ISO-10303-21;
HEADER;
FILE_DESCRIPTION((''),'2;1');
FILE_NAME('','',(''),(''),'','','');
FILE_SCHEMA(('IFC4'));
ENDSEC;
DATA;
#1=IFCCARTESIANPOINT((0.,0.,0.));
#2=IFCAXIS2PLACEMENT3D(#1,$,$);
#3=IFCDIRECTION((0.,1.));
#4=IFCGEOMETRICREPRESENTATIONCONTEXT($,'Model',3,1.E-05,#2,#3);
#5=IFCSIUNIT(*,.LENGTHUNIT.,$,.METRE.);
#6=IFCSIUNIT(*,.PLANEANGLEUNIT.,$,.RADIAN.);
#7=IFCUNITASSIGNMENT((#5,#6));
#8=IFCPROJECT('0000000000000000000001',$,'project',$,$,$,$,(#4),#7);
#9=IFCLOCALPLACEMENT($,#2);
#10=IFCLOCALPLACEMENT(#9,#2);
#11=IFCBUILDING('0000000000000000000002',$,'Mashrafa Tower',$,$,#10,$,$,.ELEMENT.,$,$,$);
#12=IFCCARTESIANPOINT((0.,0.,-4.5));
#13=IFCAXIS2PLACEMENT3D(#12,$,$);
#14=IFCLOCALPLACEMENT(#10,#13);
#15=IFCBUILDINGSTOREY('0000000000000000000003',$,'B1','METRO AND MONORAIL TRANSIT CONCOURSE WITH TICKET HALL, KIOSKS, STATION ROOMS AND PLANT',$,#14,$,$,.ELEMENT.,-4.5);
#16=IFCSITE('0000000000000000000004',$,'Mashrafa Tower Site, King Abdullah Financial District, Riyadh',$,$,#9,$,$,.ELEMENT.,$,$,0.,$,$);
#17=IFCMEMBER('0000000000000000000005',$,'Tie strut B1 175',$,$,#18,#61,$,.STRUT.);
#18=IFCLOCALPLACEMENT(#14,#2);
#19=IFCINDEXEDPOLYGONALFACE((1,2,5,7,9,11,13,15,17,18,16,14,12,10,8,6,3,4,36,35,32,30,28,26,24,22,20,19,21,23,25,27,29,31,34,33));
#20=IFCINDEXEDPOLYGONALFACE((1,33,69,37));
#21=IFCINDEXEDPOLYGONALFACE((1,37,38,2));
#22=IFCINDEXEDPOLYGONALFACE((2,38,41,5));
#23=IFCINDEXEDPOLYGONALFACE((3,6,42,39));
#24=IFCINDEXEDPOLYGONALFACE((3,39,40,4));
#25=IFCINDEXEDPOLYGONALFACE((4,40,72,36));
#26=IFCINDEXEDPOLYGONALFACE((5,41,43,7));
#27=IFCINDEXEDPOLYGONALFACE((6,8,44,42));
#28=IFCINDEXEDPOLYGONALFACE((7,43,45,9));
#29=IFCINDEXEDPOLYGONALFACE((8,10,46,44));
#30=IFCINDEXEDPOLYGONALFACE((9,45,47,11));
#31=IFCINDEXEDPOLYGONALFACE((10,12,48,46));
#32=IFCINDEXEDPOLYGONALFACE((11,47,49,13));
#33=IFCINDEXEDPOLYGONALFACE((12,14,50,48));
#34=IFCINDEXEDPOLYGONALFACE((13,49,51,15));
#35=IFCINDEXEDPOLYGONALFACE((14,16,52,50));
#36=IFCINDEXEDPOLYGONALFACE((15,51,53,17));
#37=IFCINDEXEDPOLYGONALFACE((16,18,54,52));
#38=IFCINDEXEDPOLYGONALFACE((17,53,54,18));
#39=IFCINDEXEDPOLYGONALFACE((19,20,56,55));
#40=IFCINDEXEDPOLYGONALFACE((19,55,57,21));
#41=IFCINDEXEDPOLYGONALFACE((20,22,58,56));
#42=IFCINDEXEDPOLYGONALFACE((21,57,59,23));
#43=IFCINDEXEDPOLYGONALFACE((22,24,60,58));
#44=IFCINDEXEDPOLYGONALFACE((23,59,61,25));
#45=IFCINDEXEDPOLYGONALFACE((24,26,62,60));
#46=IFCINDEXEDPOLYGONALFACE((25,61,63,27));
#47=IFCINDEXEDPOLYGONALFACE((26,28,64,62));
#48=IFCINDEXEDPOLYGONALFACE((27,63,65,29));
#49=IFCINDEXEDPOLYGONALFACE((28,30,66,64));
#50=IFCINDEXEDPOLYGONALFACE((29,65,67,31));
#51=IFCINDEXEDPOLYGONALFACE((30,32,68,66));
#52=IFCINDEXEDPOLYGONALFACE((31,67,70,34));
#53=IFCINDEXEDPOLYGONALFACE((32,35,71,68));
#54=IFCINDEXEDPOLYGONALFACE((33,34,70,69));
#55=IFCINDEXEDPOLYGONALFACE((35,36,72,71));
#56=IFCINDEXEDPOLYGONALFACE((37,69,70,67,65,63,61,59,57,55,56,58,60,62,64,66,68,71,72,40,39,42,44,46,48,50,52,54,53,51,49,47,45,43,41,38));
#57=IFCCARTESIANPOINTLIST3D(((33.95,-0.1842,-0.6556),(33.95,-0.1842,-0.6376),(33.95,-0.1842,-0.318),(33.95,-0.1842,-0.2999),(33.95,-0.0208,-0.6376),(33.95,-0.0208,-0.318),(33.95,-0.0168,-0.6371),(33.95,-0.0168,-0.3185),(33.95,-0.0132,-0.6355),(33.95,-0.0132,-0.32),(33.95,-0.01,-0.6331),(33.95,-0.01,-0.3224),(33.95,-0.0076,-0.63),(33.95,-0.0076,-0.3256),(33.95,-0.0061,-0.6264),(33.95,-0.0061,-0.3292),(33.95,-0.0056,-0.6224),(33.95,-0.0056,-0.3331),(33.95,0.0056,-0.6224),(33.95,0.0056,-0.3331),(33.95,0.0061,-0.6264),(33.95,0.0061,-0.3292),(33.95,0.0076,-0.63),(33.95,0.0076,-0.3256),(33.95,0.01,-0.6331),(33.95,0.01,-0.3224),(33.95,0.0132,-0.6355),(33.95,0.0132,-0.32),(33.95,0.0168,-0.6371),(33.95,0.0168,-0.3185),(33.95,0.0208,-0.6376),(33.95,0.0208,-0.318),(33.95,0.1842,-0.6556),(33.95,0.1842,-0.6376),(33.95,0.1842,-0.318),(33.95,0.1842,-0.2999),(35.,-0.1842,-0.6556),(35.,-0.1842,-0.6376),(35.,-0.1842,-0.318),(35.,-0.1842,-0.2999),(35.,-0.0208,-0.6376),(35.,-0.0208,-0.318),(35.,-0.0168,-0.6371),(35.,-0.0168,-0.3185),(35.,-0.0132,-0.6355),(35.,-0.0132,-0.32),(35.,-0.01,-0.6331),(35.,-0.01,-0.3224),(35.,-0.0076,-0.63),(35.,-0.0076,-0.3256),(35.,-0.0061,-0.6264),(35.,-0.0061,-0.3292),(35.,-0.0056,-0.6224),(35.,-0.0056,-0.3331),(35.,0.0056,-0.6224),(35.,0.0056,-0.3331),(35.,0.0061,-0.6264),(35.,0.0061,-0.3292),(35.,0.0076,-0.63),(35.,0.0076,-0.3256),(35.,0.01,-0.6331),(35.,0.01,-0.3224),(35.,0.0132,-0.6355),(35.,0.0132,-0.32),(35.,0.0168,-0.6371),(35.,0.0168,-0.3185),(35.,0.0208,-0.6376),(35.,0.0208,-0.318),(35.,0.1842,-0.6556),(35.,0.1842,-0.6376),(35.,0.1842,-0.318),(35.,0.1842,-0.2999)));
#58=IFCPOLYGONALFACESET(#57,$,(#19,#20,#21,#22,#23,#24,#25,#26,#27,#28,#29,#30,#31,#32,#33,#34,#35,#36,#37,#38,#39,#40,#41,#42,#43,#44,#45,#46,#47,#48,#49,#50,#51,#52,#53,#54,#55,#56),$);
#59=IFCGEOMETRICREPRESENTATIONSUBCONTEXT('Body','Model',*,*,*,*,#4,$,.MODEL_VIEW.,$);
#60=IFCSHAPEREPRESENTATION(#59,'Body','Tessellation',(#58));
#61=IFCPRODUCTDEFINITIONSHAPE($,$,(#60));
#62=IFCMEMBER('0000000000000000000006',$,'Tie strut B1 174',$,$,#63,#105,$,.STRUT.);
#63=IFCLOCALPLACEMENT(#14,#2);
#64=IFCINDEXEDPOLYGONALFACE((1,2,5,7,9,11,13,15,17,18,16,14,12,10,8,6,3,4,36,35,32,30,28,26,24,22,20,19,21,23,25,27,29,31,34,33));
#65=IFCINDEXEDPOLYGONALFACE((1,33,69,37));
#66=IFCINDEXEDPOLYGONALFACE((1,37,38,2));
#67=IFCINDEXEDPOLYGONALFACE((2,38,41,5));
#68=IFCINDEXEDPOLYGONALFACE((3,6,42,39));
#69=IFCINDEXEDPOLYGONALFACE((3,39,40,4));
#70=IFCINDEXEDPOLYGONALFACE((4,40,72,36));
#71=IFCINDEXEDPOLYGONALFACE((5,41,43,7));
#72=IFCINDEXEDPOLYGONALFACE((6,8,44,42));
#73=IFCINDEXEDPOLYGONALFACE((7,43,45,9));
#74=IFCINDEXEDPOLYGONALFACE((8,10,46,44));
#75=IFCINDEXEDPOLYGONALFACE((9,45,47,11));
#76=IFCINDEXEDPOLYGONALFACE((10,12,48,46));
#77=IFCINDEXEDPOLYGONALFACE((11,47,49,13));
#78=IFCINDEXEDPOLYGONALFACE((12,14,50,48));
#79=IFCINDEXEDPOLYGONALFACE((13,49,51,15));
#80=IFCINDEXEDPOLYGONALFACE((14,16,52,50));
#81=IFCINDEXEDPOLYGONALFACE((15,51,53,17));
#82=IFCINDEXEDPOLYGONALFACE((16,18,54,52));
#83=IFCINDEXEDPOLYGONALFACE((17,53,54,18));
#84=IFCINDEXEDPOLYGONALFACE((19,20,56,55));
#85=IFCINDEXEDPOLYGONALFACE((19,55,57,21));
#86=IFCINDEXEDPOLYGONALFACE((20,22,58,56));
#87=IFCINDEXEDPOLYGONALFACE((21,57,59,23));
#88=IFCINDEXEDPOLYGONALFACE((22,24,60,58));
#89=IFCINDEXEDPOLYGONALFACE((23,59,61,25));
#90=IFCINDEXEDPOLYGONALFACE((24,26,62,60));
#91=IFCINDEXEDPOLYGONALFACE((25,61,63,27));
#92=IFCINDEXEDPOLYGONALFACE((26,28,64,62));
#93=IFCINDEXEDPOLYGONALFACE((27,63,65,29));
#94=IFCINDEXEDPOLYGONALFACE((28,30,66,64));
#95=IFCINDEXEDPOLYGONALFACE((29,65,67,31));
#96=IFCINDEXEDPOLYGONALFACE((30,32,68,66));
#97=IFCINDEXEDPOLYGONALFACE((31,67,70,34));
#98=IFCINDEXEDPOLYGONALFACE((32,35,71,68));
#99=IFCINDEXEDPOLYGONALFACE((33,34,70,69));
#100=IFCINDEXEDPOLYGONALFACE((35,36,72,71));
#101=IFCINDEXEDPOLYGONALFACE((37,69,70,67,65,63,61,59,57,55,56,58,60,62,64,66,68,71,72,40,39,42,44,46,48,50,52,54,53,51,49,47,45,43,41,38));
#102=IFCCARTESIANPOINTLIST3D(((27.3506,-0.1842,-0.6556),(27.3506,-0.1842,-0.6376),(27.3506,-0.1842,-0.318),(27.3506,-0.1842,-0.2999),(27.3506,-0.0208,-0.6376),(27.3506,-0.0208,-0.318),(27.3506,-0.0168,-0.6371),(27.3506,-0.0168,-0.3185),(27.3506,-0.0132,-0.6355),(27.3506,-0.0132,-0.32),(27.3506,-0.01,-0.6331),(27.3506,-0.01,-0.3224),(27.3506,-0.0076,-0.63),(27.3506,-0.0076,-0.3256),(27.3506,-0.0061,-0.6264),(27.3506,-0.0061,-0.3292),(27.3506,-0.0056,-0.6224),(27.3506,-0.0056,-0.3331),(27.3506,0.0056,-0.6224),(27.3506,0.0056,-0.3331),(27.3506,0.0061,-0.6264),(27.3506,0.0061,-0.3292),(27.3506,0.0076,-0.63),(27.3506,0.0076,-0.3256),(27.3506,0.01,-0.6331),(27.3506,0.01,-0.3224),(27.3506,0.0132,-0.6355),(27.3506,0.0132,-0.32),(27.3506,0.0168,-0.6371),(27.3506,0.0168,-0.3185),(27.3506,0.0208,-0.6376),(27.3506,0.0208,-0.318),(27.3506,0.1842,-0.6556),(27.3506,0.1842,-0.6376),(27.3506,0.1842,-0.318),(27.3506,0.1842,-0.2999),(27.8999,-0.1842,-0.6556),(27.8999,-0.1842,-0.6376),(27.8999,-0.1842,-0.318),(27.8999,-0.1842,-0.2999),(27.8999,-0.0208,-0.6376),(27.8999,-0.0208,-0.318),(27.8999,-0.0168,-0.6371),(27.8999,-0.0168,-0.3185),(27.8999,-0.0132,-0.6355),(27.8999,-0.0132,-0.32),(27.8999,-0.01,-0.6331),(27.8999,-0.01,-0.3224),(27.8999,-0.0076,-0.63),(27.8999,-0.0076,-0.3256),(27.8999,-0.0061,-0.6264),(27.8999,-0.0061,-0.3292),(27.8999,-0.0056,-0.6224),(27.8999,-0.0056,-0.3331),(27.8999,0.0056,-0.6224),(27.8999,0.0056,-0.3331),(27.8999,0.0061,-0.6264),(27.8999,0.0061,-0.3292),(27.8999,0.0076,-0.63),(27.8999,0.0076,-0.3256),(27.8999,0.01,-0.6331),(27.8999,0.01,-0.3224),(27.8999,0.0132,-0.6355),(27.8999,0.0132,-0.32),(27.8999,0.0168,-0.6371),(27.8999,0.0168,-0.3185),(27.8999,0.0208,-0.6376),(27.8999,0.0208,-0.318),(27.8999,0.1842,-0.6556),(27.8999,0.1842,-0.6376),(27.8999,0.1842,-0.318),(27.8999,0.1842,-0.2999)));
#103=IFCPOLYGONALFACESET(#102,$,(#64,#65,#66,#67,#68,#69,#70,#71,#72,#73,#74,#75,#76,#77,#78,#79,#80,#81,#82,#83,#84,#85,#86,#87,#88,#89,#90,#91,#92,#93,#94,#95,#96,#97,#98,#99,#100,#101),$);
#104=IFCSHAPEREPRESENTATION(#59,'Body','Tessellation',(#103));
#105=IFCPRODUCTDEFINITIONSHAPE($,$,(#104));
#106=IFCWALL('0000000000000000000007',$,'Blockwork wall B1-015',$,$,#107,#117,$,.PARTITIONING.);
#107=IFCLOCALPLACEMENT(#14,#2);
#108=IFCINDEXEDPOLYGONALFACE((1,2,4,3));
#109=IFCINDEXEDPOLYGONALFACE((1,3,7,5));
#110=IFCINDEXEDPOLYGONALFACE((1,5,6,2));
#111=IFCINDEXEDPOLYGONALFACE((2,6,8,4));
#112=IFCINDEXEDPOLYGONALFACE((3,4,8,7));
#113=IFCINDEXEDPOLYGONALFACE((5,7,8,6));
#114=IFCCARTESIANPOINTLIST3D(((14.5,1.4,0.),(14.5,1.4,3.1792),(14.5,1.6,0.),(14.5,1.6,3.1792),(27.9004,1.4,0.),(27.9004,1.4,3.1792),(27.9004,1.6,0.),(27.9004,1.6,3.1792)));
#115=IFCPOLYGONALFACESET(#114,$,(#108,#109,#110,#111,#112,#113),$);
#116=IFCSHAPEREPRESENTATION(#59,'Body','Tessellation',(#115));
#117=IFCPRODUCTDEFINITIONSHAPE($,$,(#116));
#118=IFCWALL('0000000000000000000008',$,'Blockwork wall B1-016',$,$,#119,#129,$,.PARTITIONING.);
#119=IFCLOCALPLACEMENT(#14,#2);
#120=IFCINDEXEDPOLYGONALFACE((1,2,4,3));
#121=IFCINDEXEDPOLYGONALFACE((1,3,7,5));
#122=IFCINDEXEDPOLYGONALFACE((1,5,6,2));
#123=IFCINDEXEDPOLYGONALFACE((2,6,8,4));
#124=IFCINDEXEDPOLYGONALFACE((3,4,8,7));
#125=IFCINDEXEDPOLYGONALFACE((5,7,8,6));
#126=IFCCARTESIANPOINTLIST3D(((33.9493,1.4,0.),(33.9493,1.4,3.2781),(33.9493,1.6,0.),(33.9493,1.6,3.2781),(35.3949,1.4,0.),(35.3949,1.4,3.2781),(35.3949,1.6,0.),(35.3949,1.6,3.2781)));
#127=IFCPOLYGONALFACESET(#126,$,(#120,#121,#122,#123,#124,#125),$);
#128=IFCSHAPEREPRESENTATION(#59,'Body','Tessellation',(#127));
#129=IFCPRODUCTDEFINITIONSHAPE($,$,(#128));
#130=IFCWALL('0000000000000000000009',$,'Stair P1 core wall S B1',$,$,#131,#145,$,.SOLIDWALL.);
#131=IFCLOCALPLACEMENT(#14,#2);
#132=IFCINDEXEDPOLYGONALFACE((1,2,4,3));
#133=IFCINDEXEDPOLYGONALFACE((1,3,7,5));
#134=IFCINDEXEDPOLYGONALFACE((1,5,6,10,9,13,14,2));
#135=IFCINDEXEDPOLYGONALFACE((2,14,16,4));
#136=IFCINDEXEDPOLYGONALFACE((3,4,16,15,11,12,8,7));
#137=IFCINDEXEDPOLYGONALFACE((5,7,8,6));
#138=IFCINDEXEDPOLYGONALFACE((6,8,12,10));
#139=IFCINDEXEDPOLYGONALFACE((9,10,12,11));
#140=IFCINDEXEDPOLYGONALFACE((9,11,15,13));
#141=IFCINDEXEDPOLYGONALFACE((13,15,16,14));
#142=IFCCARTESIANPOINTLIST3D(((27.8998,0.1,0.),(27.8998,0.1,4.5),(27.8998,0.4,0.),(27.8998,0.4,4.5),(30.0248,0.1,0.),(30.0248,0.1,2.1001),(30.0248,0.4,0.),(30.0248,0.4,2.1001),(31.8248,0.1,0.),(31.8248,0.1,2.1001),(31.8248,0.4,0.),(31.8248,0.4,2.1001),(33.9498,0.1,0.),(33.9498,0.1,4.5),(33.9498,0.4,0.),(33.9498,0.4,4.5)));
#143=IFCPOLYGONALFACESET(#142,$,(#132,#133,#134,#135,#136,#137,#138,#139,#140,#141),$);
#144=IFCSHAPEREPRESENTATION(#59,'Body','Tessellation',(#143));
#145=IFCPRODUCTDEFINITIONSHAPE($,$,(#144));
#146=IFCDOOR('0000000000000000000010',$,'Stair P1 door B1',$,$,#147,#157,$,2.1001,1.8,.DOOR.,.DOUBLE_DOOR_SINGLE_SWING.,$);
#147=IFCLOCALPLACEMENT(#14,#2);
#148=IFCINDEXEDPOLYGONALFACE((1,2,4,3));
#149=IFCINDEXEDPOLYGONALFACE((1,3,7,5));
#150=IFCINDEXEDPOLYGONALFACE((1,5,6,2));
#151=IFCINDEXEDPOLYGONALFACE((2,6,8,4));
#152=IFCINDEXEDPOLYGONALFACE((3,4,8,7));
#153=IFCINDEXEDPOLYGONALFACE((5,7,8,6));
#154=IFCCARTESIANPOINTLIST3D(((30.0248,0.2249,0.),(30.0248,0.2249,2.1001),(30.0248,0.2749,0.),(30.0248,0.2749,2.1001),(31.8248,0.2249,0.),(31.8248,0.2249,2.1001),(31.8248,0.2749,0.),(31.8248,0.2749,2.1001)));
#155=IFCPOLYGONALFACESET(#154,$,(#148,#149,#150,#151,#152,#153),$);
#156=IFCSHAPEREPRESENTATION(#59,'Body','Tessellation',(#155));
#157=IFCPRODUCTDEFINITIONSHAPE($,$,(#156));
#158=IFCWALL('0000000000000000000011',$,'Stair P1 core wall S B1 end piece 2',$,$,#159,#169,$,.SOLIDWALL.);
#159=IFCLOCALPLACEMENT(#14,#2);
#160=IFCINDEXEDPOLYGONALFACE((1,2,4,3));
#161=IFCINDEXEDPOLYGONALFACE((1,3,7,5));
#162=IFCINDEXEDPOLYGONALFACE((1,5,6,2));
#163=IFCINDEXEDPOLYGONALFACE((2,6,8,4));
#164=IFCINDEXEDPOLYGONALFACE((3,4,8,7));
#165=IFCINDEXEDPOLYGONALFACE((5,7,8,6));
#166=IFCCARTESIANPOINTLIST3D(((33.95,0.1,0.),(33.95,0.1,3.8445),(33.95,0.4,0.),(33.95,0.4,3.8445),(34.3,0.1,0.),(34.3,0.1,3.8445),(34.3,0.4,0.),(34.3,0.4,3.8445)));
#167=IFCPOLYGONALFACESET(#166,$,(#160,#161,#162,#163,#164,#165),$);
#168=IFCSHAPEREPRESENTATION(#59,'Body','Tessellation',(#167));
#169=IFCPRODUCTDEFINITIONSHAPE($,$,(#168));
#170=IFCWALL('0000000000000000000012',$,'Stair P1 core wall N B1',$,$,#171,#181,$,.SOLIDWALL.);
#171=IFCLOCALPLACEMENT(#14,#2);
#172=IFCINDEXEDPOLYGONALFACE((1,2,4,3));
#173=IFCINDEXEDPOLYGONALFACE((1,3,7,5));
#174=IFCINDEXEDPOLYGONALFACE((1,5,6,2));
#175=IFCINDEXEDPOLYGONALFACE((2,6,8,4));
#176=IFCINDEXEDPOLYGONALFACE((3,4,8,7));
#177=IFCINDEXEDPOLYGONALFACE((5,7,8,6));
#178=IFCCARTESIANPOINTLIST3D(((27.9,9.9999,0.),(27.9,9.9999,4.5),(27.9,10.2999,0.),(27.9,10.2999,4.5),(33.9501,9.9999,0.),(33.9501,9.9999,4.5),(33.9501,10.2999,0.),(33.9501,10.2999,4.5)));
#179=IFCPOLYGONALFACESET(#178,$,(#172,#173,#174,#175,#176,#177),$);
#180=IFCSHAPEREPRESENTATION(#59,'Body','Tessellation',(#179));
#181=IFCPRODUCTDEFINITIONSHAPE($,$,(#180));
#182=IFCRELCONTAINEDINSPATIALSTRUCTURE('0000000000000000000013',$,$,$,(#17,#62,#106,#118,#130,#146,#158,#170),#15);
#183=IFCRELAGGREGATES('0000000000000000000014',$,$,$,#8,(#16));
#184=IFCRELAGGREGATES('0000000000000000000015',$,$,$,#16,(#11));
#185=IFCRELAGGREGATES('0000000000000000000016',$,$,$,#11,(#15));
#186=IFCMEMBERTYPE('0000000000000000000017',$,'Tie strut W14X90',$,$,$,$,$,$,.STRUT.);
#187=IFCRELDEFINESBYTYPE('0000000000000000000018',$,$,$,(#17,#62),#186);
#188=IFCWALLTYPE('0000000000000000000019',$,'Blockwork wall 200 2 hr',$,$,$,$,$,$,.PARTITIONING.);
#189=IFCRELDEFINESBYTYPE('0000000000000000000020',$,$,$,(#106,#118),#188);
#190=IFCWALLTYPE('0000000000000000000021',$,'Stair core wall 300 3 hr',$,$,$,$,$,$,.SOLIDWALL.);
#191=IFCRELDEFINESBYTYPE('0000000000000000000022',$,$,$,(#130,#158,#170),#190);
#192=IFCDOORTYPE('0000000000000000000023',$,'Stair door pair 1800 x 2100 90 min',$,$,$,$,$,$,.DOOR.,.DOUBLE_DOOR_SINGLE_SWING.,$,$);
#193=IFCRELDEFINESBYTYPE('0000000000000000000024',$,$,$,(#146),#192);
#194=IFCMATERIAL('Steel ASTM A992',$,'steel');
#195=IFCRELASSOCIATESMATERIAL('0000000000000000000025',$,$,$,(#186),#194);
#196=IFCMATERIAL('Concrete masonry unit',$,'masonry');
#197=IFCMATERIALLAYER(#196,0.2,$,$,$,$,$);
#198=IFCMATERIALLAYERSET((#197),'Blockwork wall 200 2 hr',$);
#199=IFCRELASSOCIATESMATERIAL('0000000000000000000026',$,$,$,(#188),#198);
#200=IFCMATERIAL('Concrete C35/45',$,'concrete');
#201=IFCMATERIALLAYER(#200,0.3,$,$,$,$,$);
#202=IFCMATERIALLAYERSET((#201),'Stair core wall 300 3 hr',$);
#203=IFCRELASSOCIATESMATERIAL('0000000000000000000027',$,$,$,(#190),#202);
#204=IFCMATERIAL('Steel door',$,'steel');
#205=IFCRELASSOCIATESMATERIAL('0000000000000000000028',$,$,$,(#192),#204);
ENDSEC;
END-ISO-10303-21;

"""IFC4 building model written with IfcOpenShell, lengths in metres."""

from ifc_helpers import new_model, si_unit, direction, frame, frame_2d, origin, origin_2d, place, context, subcontext, project, spatial, rectangle, i_section, extrude, source, transform, mapped, material, layer, layer_set, material_profile, profile_set, type_object, type_shapes, element, fill, save


model = new_model("IFC4")

# Units and contexts
model_context = context("Model", 3, precision=1e-05, world=origin(), true_north=direction((0.0, 1.0)))
body_context = subcontext(model_context, "Body", "Model", "MODEL_VIEW")
ifc_project = project(units=[si_unit("LENGTHUNIT", "METRE"), si_unit("PLANEANGLEUNIT", "RADIAN")], contexts=[model_context])

# Site, building, storey
site_placement = place(None, origin())
site = spatial("IfcSite", under=ifc_project, at=site_placement, Name="Mashrafa Tower Site, King Abdullah Financial District, Riyadh", CompositionType="ELEMENT", RefElevation=0.0)
building_placement = place(site_placement, origin())
building = spatial("IfcBuilding", under=site, at=building_placement, Name="Mashrafa Tower", CompositionType="ELEMENT")
storey_placement = place(building_placement, frame((0.0, 0.0, -4.5)))
storey = spatial("IfcBuildingStorey", under=building, at=storey_placement, Name="B1", Description="METRO AND MONORAIL TRANSIT CONCOURSE WITH TICKET HALL, KIOSKS, STATION ROOMS AND PLANT", CompositionType="ELEMENT", Elevation=-4.5)

# Members
ifc_material_1 = material(Name="Steel ASTM A992", Category="steel")
ifc_material_profile_1 = material_profile(ifc_material_1, i_section(OverallWidth=0.3684, OverallDepth=0.3557, WebThickness=0.0112, FlangeThickness=0.0181, FilletRadius=0.0151, at=origin_2d()), Name="W14X90")
ifc_profile_set_1 = profile_set([ifc_material_profile_1], Name="Steel ASTM A992")
member_type_1 = type_object("IfcMemberType", Name="Tie strut W14X90", PredefinedType="STRUT", material=ifc_profile_set_1)
shared_shape_1 = source(origin(), body_context, "Body", "SweptSolid", [
    extrude(i_section(OverallWidth=0.3684, OverallDepth=0.3557, WebThickness=0.0112, FlangeThickness=0.0181, FilletRadius=0.0151, at=origin_2d()), origin(), (0.0, 0.0, 1.0), 1.05),
])
member_1_placement = place(storey_placement, frame((33.95, 0.0, -0.4778), z_axis=(1.0, 0.0, 0.0), x_axis=(0.0, 1.0, 0.0)))
element("IfcMember", 1, at=member_1_placement, inside=storey, type_object=member_type_1, Name="Tie strut B1 175", PredefinedType="STRUT", context=body_context, shape_type="MappedRepresentation", body=[
    mapped(shared_shape_1, transform((0.0, 0.0, 0.0))),
])
shared_shape_2 = source(origin(), body_context, "Body", "SweptSolid", [
    extrude(i_section(OverallWidth=0.3684, OverallDepth=0.3557, WebThickness=0.0112, FlangeThickness=0.0181, FilletRadius=0.0151, at=origin_2d()), origin(), (0.0, 0.0, 1.0), 0.5493),
])
type_shapes(member_type_1, [shared_shape_1, shared_shape_2])
member_2_placement = place(storey_placement, frame((27.3506, 0.0, -0.4778), z_axis=(1.0, 0.0, 0.0), x_axis=(0.0, 1.0, 0.0)))
element("IfcMember", 2, at=member_2_placement, inside=storey, type_object=member_type_1, Name="Tie strut B1 174", PredefinedType="STRUT", context=body_context, shape_type="MappedRepresentation", body=[
    mapped(shared_shape_2, transform((0.0, 0.0, 0.0))),
])

# Walls
ifc_material_2 = material(Name="Concrete masonry unit", Category="masonry")
ifc_layer_1 = layer(ifc_material_2, 0.2)
ifc_layer_set_1 = layer_set([ifc_layer_1], Name="Blockwork wall 200 2 hr")
wall_type_1 = type_object("IfcWallType", Name="Blockwork wall 200 2 hr", PredefinedType="PARTITIONING", material=ifc_layer_set_1)
wall_1_placement = place(storey_placement, frame((14.5, 1.5, 0.0), z_axis=(0.0, 0.0, 1.0), x_axis=(1.0, 0.0, 0.0)))
element("IfcWall", 3, at=wall_1_placement, inside=storey, type_object=wall_type_1, Name="Blockwork wall B1-015", PredefinedType="PARTITIONING", context=body_context, shape_type="SweptSolid", body=[
    extrude(rectangle(XDim=13.4004, YDim=0.2, at=frame_2d((6.7002, 0.0))), origin(), (0.0, 0.0, 1.0), 3.1792),
])
wall_2_placement = place(storey_placement, frame((33.9495, 1.5, 0.0), z_axis=(0.0, 0.0, 1.0), x_axis=(1.0, 0.0, 0.0)))
element("IfcWall", 4, at=wall_2_placement, inside=storey, type_object=wall_type_1, Name="Blockwork wall B1-016", PredefinedType="PARTITIONING", context=body_context, shape_type="SweptSolid", body=[
    extrude(rectangle(XDim=1.4456, YDim=0.2, at=frame_2d((0.7227, 0.0))), origin(), (0.0, 0.0, 1.0), 3.2781),
])

# Wall, opening, door
ifc_material_3 = material(Name="Concrete C35/45", Category="concrete")
ifc_layer_2 = layer(ifc_material_3, 0.3)
ifc_layer_set_2 = layer_set([ifc_layer_2], Name="Stair core wall 300 3 hr")
wall_type_2 = type_object("IfcWallType", Name="Stair core wall 300 3 hr", PredefinedType="SOLIDWALL", material=ifc_layer_set_2)
wall_3_placement = place(storey_placement, frame((27.8999, 0.25, 0.0), z_axis=(0.0, 0.0, 1.0), x_axis=(1.0, 0.0, 0.0)))
wall_3 = element("IfcWall", 5, at=wall_3_placement, inside=storey, type_object=wall_type_2, Name="Stair P1 core wall S B1", PredefinedType="SOLIDWALL", context=body_context, shape_type="SweptSolid", body=[
    extrude(rectangle(XDim=6.05, YDim=0.3, at=frame_2d((3.0249, 0.0))), origin(), (0.0, 0.0, 1.0), 4.5),
])
opening_placement = place(wall_3_placement, frame((2.125, 0.0, 0.0)))
opening = element("IfcOpeningElement", 6, at=opening_placement, cuts=wall_3, PredefinedType="OPENING", context=body_context, shape_type="SweptSolid", body=[
    extrude(rectangle(XDim=1.8, YDim=2.1001, at=frame_2d((0.8999, 1.05))), frame((0.0, 0.1599, 0.0), z_axis=(0.0, -1.0, 0.0), x_axis=(1.0, 0.0, 0.0)), (0.0, 0.0, 1.0), 0.3201),
])
ifc_material_4 = material(Name="Steel door", Category="steel")
door_type = type_object("IfcDoorType", Name="Stair door pair 1800 x 2100 90 min", OperationType="DOUBLE_DOOR_SINGLE_SWING", PredefinedType="DOOR", material=ifc_material_4)
door_placement = place(opening_placement, origin())
door = element("IfcDoor", 7, at=door_placement, inside=storey, type_object=door_type, Name="Stair P1 door B1", OperationType="DOUBLE_DOOR_SINGLE_SWING", OverallHeight=2.1001, OverallWidth=1.8, PredefinedType="DOOR", context=body_context, shape_type="SweptSolid", body=[
    extrude(rectangle(XDim=1.8, YDim=2.1001, at=frame_2d((0.8999, 1.05))), frame((0.0, 0.0249, 0.0), z_axis=(0.0, -1.0, 0.0), x_axis=(1.0, 0.0, 0.0)), (0.0, 0.0, 1.0), 0.05),
])
fill(opening, door)

# Walls
wall_4_placement = place(storey_placement, frame((33.95, 0.25, 0.0), z_axis=(0.0, 0.0, 1.0), x_axis=(1.0, 0.0, 0.0)))
element("IfcWall", 8, at=wall_4_placement, inside=storey, type_object=wall_type_2, Name="Stair P1 core wall S B1 end piece 2", PredefinedType="SOLIDWALL", context=body_context, shape_type="SweptSolid", body=[
    extrude(rectangle(XDim=0.3501, YDim=0.3, at=frame_2d((0.175, 0.0))), origin(), (0.0, 0.0, 1.0), 3.8445),
])
wall_5_placement = place(storey_placement, frame((33.95, 10.1499, 0.0), z_axis=(0.0, 0.0, 1.0), x_axis=(-1.0, 0.0, 0.0)))
element("IfcWall", 9, at=wall_5_placement, inside=storey, type_object=wall_type_2, Name="Stair P1 core wall N B1", PredefinedType="SOLIDWALL", context=body_context, shape_type="SweptSolid", body=[
    extrude(rectangle(XDim=6.05, YDim=0.3, at=frame_2d((3.0249, 0.0))), origin(), (0.0, 0.0, 1.0), 4.5),
])

save(model, "model.ifc")
